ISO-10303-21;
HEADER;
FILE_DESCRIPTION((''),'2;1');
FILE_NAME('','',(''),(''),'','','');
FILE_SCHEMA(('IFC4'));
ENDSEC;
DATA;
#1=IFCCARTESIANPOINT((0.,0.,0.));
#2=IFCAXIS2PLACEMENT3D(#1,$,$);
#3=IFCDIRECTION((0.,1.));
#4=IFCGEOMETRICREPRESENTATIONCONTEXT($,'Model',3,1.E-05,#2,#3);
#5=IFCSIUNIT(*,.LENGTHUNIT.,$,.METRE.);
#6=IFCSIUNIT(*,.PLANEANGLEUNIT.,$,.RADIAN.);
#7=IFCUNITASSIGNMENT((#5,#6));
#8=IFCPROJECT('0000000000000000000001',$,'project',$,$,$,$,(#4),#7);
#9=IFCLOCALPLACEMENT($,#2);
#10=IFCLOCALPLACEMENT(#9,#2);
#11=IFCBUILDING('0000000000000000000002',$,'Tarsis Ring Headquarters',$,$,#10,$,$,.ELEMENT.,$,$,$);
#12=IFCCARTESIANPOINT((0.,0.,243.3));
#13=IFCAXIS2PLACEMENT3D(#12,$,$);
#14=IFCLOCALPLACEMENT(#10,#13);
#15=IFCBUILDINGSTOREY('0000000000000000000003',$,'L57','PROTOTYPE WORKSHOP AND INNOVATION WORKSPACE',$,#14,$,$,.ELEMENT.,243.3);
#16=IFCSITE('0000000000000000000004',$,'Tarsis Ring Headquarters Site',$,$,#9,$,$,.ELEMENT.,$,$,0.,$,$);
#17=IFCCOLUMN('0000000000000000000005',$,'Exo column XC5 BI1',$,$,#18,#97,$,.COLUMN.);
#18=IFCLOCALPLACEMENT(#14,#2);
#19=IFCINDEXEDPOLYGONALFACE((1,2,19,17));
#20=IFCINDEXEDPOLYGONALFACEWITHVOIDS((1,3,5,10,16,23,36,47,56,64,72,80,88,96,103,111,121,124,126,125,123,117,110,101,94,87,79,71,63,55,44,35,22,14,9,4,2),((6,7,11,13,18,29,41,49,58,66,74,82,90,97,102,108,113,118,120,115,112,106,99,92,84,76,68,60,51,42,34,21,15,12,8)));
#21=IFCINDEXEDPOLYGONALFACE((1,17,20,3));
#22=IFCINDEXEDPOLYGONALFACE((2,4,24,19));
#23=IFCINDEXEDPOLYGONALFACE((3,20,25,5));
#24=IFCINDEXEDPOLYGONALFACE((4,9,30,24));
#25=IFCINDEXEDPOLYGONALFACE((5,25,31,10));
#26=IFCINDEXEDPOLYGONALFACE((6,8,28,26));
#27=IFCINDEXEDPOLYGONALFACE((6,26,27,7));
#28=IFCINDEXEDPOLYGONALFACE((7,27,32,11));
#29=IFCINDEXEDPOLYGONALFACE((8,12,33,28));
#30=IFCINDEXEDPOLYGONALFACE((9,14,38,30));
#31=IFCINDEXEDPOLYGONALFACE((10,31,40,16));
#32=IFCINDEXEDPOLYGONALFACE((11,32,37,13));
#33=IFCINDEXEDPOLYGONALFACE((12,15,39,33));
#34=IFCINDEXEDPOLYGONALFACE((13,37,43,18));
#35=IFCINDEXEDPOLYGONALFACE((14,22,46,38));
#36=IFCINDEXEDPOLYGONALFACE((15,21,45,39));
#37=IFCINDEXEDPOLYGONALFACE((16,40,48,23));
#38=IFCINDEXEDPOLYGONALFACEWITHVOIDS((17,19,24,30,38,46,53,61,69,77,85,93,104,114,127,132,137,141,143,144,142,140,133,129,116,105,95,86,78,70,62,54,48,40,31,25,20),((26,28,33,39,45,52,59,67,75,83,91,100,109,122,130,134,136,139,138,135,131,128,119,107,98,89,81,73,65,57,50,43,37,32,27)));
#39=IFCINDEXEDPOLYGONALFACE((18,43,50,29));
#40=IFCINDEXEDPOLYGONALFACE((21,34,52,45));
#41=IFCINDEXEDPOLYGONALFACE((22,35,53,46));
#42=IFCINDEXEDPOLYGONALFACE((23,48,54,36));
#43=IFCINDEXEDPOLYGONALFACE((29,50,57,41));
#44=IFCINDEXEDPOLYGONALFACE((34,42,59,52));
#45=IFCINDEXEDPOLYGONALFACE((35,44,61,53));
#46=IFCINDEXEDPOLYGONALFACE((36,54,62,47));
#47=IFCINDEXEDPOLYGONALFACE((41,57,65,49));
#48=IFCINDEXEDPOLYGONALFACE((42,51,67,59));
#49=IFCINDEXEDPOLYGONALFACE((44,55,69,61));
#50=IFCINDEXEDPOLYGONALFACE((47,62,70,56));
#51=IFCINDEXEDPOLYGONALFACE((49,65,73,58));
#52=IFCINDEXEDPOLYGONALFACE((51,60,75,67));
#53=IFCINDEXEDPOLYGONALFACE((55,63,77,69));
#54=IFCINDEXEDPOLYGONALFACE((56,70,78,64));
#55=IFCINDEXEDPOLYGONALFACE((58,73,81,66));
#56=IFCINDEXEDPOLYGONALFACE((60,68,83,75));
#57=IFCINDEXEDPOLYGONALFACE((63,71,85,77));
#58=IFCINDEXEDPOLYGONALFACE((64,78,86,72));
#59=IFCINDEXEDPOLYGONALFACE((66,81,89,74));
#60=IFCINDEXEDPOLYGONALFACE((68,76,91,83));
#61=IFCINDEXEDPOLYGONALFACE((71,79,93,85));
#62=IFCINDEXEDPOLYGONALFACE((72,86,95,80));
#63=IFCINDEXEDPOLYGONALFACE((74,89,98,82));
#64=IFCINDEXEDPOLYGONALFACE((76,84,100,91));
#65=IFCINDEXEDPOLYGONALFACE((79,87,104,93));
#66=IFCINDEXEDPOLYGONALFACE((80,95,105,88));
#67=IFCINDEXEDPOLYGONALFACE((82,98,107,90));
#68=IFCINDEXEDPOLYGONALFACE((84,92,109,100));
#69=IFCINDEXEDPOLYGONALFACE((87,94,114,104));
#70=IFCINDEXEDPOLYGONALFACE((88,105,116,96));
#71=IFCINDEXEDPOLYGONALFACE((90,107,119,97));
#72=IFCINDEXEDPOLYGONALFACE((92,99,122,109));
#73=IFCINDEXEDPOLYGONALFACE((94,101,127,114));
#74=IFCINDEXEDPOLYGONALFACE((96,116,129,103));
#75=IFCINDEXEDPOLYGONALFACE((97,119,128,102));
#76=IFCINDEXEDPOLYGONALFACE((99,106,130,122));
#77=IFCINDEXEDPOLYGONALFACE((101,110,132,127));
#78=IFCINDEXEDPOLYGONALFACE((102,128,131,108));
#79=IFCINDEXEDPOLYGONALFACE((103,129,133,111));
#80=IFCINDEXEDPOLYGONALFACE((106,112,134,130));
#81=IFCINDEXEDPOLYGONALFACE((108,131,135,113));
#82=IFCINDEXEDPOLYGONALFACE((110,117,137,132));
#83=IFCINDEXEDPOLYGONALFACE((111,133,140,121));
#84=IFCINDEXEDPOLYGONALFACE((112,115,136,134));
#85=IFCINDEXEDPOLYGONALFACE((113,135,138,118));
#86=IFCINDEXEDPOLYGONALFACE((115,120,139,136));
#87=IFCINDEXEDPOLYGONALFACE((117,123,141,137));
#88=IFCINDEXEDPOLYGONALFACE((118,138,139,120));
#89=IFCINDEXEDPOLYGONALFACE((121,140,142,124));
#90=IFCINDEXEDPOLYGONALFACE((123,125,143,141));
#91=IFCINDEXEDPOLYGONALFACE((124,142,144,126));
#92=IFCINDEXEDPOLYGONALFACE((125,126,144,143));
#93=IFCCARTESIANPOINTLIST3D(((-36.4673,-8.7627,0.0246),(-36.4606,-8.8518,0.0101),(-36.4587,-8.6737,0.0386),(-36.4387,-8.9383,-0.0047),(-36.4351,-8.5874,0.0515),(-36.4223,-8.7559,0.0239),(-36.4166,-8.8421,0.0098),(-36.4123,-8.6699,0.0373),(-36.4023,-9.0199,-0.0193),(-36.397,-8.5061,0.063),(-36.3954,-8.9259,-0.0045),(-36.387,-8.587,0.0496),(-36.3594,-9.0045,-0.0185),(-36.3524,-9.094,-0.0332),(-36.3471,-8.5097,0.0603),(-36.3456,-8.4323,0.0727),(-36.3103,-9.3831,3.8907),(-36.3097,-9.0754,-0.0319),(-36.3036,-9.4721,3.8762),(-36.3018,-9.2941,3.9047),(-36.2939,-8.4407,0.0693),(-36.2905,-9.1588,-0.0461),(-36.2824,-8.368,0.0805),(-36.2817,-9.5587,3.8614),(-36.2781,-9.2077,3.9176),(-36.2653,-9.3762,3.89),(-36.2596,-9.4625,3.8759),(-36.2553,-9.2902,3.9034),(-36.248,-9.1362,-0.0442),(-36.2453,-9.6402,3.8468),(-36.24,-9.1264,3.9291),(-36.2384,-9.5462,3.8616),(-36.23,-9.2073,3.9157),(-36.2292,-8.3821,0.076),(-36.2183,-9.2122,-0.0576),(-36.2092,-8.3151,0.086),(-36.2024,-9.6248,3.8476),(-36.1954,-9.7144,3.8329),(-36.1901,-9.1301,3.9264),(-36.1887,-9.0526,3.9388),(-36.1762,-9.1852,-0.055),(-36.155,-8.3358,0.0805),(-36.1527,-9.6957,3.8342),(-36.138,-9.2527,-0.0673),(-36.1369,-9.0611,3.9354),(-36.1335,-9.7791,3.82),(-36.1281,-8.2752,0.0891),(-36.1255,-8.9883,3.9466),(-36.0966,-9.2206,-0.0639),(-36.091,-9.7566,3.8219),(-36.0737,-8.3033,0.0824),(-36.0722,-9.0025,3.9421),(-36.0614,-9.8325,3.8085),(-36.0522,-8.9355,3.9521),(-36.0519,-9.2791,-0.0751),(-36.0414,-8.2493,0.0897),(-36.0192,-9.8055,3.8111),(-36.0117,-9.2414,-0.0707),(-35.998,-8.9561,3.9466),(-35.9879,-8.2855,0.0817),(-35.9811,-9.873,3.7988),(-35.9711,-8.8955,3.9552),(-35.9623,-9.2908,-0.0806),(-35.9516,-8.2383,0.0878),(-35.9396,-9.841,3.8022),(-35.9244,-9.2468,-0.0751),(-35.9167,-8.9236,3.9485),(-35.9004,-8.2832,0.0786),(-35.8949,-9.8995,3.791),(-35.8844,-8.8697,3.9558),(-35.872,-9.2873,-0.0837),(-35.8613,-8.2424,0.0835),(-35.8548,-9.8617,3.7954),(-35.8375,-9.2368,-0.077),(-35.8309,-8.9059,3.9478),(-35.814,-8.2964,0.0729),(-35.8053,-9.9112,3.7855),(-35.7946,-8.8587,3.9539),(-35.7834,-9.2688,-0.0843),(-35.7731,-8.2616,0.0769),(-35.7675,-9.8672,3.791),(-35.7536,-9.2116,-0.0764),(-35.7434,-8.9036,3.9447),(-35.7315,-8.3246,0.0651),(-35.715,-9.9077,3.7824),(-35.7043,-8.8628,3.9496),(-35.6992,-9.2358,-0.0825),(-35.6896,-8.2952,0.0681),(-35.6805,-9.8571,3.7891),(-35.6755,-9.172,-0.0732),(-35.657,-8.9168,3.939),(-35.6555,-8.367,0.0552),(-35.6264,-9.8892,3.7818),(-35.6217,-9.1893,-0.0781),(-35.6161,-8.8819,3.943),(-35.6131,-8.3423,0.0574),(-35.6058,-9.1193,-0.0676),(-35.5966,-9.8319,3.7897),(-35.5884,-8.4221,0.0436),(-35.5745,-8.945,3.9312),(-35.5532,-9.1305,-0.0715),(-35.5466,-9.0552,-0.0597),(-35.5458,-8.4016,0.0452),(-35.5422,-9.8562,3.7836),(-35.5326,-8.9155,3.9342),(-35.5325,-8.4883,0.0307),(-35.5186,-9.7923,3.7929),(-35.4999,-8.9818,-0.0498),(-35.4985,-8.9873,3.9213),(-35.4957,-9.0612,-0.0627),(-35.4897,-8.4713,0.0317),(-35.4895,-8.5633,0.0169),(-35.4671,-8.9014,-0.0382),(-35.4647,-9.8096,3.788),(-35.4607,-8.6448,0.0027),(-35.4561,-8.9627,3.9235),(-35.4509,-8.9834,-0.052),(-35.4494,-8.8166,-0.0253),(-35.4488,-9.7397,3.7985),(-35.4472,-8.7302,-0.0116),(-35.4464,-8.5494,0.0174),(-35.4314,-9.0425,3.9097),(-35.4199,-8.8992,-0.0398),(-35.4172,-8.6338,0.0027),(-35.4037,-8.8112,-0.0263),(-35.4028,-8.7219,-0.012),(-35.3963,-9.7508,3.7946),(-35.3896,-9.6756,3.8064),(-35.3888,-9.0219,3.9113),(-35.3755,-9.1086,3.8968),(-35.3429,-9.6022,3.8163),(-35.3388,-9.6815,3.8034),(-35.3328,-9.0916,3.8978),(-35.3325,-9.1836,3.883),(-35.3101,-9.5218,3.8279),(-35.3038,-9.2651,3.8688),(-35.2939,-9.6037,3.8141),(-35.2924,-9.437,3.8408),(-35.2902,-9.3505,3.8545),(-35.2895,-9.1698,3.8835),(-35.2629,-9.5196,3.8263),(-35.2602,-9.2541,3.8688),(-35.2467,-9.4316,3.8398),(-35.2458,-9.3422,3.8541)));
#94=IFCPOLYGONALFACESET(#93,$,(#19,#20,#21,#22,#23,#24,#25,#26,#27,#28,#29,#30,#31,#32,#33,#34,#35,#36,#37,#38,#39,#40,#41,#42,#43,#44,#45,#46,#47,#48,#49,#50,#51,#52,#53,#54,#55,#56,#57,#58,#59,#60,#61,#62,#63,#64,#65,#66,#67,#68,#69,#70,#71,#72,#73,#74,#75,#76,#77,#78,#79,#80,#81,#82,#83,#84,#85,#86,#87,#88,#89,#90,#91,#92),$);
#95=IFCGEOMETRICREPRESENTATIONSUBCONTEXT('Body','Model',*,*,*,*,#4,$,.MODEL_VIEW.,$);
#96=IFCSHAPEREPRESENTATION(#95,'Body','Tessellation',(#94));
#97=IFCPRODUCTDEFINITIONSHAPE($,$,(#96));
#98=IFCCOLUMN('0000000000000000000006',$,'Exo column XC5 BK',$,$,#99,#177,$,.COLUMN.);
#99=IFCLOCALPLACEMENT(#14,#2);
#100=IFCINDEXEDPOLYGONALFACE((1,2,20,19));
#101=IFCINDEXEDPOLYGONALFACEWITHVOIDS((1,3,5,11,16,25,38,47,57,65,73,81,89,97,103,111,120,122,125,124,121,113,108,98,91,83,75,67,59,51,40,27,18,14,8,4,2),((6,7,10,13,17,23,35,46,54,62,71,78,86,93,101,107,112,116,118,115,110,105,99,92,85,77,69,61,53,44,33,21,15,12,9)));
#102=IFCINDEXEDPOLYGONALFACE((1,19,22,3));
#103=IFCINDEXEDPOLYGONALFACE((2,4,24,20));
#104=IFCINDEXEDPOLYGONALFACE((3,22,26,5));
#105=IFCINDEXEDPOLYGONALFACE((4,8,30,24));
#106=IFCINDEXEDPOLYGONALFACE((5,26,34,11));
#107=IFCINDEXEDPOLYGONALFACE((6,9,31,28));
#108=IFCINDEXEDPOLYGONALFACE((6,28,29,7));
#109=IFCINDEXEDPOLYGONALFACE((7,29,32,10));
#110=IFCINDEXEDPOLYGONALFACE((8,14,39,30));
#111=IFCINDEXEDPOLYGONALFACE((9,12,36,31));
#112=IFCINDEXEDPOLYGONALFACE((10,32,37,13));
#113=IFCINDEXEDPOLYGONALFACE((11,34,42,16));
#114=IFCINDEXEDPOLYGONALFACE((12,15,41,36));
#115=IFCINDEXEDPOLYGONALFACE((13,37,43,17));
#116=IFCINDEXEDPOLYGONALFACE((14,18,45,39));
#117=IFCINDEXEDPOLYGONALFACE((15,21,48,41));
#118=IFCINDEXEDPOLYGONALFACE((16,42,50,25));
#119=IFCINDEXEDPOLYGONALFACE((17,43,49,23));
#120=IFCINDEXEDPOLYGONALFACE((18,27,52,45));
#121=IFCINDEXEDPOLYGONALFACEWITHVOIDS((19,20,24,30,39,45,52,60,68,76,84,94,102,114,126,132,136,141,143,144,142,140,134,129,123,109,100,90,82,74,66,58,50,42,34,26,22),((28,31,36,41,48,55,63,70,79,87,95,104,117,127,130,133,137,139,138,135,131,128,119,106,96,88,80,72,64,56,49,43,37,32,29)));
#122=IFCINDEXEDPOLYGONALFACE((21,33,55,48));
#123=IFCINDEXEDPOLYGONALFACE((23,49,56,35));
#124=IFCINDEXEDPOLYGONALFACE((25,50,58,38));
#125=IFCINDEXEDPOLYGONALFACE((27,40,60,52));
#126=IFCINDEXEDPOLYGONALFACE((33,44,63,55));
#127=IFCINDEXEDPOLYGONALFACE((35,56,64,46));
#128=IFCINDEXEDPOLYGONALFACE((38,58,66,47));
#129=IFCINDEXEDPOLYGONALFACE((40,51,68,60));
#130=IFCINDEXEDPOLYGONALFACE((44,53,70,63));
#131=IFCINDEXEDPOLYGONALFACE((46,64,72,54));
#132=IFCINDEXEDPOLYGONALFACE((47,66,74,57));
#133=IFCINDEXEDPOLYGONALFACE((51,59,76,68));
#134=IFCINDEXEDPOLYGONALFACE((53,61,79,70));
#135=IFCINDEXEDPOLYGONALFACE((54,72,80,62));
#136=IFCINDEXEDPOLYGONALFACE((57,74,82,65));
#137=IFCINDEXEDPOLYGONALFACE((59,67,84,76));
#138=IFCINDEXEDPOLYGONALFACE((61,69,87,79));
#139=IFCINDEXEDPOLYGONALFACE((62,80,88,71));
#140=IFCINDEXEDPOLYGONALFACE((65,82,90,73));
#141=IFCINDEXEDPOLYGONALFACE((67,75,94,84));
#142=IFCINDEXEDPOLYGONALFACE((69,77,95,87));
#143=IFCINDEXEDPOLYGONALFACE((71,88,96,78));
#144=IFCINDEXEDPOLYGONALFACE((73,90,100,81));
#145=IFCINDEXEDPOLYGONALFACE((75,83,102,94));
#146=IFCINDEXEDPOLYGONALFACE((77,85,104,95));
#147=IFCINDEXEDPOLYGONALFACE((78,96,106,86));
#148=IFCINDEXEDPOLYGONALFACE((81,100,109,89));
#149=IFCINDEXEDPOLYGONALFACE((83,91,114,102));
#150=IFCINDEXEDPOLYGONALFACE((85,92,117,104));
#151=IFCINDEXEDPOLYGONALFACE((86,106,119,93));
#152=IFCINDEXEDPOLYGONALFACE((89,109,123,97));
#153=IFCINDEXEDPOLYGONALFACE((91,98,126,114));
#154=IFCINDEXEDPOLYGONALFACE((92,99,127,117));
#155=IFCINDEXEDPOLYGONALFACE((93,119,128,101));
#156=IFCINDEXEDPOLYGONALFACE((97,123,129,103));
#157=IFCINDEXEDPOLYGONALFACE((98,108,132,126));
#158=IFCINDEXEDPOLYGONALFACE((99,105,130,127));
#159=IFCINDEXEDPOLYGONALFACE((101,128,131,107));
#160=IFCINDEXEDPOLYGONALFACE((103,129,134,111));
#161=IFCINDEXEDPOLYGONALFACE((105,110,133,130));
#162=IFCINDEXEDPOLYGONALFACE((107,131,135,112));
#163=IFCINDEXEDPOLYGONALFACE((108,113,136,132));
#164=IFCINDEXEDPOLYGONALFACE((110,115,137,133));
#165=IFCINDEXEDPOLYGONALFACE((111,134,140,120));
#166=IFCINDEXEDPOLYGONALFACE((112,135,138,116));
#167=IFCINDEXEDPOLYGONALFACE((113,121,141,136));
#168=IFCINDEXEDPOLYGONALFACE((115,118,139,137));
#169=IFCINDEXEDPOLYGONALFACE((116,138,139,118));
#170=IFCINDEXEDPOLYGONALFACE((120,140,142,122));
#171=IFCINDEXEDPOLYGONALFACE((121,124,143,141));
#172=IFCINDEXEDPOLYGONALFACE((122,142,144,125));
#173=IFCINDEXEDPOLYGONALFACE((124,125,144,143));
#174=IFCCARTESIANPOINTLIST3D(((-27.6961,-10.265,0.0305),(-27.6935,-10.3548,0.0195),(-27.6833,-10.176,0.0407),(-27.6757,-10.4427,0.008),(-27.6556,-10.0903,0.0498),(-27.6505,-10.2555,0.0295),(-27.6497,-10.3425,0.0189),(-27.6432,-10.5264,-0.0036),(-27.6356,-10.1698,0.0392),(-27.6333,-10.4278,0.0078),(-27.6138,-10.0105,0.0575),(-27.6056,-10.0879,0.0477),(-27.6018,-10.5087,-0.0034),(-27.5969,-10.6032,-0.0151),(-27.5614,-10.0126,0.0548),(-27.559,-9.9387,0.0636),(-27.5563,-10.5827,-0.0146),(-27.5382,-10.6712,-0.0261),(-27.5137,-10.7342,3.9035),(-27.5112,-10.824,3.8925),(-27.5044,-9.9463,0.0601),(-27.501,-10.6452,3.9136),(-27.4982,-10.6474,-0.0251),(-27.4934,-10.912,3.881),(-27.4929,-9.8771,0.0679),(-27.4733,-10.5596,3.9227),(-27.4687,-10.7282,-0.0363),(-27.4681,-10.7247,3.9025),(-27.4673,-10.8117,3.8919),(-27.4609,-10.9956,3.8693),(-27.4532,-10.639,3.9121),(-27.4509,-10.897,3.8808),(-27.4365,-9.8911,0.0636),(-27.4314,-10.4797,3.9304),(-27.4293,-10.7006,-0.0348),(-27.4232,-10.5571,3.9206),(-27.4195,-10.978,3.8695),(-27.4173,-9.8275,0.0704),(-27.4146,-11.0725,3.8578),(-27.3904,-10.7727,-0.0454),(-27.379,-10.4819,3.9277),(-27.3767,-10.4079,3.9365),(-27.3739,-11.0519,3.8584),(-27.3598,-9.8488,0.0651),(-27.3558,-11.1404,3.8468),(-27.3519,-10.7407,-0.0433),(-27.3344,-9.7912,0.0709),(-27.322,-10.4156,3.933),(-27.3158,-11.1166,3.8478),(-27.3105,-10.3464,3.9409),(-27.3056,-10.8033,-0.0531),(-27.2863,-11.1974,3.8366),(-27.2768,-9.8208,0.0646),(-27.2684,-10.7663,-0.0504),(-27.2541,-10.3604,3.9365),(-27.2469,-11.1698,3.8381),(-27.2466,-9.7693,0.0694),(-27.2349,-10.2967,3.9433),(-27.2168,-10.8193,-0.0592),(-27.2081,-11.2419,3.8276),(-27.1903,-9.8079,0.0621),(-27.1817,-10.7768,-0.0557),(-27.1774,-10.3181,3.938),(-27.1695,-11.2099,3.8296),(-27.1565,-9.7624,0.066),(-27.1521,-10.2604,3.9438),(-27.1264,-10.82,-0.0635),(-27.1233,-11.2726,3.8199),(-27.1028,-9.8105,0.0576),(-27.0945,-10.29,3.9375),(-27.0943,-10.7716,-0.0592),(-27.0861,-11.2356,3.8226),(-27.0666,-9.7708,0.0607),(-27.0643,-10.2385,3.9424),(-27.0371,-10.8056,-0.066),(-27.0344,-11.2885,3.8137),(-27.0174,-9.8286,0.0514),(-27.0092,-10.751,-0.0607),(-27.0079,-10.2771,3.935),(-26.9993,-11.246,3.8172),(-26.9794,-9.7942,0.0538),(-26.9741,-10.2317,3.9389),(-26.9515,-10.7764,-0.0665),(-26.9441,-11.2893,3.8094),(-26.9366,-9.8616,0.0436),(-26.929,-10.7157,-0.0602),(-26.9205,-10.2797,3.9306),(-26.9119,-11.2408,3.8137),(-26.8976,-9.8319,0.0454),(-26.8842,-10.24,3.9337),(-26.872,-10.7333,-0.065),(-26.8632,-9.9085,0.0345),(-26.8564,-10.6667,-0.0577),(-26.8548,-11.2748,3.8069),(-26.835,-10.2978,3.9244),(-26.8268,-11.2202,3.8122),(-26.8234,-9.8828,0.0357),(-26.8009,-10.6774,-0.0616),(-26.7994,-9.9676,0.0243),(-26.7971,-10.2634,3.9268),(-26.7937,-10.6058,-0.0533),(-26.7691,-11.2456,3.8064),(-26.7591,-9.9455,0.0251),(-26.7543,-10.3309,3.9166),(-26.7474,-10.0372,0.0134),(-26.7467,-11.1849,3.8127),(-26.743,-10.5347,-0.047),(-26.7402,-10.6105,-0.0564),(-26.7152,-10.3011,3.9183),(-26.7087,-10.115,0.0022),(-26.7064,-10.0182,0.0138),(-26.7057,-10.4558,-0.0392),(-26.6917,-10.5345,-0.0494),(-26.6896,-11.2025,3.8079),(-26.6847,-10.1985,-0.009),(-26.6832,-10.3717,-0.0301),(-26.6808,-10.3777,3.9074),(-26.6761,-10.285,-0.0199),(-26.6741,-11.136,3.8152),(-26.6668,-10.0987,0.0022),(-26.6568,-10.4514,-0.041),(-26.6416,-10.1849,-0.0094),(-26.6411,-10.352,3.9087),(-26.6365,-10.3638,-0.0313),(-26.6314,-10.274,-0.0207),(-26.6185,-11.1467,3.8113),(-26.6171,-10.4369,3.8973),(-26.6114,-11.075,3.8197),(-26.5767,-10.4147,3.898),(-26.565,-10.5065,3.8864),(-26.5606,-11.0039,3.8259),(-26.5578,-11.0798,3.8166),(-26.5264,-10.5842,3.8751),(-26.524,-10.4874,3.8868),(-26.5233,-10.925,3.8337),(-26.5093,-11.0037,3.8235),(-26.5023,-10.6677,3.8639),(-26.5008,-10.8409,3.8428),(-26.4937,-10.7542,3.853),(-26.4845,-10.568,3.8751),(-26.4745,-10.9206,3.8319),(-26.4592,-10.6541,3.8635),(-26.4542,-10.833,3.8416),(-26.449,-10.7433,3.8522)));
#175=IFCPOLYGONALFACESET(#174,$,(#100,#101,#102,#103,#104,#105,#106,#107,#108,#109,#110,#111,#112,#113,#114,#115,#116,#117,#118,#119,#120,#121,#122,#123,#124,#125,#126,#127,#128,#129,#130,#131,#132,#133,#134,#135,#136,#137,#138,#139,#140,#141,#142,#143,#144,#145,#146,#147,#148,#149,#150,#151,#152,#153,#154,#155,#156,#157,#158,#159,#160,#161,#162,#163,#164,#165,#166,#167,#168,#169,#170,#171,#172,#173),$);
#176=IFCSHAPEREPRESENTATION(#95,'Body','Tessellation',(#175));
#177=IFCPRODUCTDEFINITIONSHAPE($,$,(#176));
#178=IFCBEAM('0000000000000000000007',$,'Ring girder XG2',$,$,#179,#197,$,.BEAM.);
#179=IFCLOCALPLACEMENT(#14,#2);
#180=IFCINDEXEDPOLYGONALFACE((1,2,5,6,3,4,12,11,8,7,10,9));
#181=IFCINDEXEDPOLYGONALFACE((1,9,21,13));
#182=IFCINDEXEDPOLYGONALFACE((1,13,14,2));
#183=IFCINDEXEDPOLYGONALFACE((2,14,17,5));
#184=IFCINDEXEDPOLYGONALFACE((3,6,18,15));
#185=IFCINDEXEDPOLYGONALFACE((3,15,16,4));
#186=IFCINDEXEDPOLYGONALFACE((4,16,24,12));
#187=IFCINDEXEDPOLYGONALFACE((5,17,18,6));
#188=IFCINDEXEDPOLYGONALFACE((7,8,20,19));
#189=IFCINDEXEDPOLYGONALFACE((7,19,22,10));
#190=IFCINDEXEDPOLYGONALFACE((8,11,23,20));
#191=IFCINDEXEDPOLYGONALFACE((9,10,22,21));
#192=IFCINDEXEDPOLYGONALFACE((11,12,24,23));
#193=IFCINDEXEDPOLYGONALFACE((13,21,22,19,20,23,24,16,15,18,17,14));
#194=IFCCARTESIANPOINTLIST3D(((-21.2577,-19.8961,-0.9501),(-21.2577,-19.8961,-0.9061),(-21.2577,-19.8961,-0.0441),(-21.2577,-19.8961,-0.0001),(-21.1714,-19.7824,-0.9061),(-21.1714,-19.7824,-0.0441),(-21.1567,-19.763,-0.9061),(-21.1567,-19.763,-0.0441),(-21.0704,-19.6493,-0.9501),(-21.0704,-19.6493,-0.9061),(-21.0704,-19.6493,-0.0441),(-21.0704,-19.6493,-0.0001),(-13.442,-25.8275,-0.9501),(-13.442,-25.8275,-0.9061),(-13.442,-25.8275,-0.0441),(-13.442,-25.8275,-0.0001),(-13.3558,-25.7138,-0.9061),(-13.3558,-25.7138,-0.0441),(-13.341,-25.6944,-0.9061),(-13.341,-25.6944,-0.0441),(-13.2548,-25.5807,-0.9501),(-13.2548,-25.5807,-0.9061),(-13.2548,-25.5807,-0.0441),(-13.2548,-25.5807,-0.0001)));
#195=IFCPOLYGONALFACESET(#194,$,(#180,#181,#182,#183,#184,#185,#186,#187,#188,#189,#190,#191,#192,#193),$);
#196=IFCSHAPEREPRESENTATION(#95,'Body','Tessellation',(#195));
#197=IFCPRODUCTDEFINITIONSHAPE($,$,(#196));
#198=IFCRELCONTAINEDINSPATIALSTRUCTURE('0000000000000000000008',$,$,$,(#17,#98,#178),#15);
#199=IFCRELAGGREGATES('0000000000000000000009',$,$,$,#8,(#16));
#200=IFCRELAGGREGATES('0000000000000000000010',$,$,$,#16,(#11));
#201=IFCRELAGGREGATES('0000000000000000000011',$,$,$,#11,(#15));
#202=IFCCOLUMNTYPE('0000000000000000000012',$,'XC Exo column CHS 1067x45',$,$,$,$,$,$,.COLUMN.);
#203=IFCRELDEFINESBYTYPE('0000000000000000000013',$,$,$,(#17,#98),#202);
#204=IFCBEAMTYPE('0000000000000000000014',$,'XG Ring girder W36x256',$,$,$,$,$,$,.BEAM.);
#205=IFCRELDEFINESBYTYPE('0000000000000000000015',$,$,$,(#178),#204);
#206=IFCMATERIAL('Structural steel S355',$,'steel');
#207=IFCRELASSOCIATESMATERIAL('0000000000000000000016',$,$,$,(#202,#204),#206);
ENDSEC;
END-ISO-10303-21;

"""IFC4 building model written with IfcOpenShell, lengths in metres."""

from ifc_helpers import new_model, si_unit, direction, frame, origin, origin_2d, place, context, subcontext, project, spatial, hollow_circle, i_section, extrude, material, material_profile, profile_set, type_object, element, save


model = new_model("IFC4")

# Units and contexts
model_context = context("Model", 3, precision=1e-05, world=origin(), true_north=direction((0.0, 1.0)))
body_context = subcontext(model_context, "Body", "Model", "MODEL_VIEW")
ifc_project = project(units=[si_unit("LENGTHUNIT", "METRE"), si_unit("PLANEANGLEUNIT", "RADIAN")], contexts=[model_context])

# Site, building, storey
site_placement = place(None, origin())
site = spatial("IfcSite", under=ifc_project, at=site_placement, Name="Tarsis Ring Headquarters Site", CompositionType="ELEMENT", RefElevation=0.0)
building_placement = place(site_placement, origin())
building = spatial("IfcBuilding", under=site, at=building_placement, Name="Tarsis Ring Headquarters", CompositionType="ELEMENT")
storey_placement = place(building_placement, frame((0.0, 0.0, 243.3)))
storey = spatial("IfcBuildingStorey", under=building, at=storey_placement, Name="L57", Description="PROTOTYPE WORKSHOP AND INNOVATION WORKSPACE", CompositionType="ELEMENT", Elevation=243.3)

# Columns
ifc_material_1 = material(Name="Structural steel S355", Category="steel")
ifc_material_profile_1 = material_profile(ifc_material_1, hollow_circle(Radius=0.5334, WallThickness=0.0449, at=origin_2d()), Name="CHS 1067x45")
ifc_profile_set_1 = profile_set([ifc_material_profile_1], Name="Structural steel S355")
column_type = type_object("IfcColumnType", Name="XC Exo column CHS 1067x45", PredefinedType="COLUMN", material=ifc_profile_set_1)
column_1_placement = place(storey_placement, frame((-35.9343, -8.7646, 0.0027), z_axis=(0.040059, -0.158303, 0.986578), x_axis=(0.969443, 0.245317, 0.0)))
element("IfcColumn", 1, at=column_1_placement, inside=storey, type_object=column_type, Name="Exo column XC5 BI1", PredefinedType="COLUMN", context=body_context, shape_type="SweptSolid", body=[
    extrude(hollow_circle(Radius=0.5334, WallThickness=0.0449, at=origin_2d()), origin(), (0.0, 0.0, 1.0), 3.9187),
])
column_2_placement = place(storey_placement, frame((-27.1641, -10.292, 0.0022), z_axis=(0.046695, -0.120144, 0.991658), x_axis=(0.932077, 0.362259, 0.0)))
element("IfcColumn", 2, at=column_2_placement, inside=storey, type_object=column_type, Name="Exo column XC5 BK", PredefinedType="COLUMN", context=body_context, shape_type="SweptSolid", body=[
    extrude(hollow_circle(Radius=0.5334, WallThickness=0.0449, at=origin_2d()), origin(), (0.0, 0.0, 1.0), 3.9055),
])

# Beam
ifc_material_profile_2 = material_profile(ifc_material_1, i_section(OverallWidth=0.3098, OverallDepth=0.95, WebThickness=0.0244, FlangeThickness=0.0439, at=origin_2d()), Name="W36x256")
ifc_profile_set_2 = profile_set([ifc_material_profile_2], Name="Structural steel S355")
beam_type = type_object("IfcBeamType", Name="XG Ring girder W36x256", PredefinedType="BEAM", material=ifc_profile_set_2)
beam_1_placement = place(storey_placement, frame((-21.1641, -19.7727, -0.4751), z_axis=(0.79658, -0.604533, 0.0), x_axis=(0.604533, 0.79658, 0.0)))
element("IfcBeam", 3, at=beam_1_placement, inside=storey, type_object=beam_type, Name="Ring girder XG2", PredefinedType="BEAM", context=body_context, shape_type="SweptSolid", body=[
    extrude(i_section(OverallWidth=0.3098, OverallDepth=0.95, WebThickness=0.0244, FlangeThickness=0.0439, at=origin_2d()), origin(), (0.0, 0.0, 1.0), 9.8115),
])

save(model, "model.ifc")
